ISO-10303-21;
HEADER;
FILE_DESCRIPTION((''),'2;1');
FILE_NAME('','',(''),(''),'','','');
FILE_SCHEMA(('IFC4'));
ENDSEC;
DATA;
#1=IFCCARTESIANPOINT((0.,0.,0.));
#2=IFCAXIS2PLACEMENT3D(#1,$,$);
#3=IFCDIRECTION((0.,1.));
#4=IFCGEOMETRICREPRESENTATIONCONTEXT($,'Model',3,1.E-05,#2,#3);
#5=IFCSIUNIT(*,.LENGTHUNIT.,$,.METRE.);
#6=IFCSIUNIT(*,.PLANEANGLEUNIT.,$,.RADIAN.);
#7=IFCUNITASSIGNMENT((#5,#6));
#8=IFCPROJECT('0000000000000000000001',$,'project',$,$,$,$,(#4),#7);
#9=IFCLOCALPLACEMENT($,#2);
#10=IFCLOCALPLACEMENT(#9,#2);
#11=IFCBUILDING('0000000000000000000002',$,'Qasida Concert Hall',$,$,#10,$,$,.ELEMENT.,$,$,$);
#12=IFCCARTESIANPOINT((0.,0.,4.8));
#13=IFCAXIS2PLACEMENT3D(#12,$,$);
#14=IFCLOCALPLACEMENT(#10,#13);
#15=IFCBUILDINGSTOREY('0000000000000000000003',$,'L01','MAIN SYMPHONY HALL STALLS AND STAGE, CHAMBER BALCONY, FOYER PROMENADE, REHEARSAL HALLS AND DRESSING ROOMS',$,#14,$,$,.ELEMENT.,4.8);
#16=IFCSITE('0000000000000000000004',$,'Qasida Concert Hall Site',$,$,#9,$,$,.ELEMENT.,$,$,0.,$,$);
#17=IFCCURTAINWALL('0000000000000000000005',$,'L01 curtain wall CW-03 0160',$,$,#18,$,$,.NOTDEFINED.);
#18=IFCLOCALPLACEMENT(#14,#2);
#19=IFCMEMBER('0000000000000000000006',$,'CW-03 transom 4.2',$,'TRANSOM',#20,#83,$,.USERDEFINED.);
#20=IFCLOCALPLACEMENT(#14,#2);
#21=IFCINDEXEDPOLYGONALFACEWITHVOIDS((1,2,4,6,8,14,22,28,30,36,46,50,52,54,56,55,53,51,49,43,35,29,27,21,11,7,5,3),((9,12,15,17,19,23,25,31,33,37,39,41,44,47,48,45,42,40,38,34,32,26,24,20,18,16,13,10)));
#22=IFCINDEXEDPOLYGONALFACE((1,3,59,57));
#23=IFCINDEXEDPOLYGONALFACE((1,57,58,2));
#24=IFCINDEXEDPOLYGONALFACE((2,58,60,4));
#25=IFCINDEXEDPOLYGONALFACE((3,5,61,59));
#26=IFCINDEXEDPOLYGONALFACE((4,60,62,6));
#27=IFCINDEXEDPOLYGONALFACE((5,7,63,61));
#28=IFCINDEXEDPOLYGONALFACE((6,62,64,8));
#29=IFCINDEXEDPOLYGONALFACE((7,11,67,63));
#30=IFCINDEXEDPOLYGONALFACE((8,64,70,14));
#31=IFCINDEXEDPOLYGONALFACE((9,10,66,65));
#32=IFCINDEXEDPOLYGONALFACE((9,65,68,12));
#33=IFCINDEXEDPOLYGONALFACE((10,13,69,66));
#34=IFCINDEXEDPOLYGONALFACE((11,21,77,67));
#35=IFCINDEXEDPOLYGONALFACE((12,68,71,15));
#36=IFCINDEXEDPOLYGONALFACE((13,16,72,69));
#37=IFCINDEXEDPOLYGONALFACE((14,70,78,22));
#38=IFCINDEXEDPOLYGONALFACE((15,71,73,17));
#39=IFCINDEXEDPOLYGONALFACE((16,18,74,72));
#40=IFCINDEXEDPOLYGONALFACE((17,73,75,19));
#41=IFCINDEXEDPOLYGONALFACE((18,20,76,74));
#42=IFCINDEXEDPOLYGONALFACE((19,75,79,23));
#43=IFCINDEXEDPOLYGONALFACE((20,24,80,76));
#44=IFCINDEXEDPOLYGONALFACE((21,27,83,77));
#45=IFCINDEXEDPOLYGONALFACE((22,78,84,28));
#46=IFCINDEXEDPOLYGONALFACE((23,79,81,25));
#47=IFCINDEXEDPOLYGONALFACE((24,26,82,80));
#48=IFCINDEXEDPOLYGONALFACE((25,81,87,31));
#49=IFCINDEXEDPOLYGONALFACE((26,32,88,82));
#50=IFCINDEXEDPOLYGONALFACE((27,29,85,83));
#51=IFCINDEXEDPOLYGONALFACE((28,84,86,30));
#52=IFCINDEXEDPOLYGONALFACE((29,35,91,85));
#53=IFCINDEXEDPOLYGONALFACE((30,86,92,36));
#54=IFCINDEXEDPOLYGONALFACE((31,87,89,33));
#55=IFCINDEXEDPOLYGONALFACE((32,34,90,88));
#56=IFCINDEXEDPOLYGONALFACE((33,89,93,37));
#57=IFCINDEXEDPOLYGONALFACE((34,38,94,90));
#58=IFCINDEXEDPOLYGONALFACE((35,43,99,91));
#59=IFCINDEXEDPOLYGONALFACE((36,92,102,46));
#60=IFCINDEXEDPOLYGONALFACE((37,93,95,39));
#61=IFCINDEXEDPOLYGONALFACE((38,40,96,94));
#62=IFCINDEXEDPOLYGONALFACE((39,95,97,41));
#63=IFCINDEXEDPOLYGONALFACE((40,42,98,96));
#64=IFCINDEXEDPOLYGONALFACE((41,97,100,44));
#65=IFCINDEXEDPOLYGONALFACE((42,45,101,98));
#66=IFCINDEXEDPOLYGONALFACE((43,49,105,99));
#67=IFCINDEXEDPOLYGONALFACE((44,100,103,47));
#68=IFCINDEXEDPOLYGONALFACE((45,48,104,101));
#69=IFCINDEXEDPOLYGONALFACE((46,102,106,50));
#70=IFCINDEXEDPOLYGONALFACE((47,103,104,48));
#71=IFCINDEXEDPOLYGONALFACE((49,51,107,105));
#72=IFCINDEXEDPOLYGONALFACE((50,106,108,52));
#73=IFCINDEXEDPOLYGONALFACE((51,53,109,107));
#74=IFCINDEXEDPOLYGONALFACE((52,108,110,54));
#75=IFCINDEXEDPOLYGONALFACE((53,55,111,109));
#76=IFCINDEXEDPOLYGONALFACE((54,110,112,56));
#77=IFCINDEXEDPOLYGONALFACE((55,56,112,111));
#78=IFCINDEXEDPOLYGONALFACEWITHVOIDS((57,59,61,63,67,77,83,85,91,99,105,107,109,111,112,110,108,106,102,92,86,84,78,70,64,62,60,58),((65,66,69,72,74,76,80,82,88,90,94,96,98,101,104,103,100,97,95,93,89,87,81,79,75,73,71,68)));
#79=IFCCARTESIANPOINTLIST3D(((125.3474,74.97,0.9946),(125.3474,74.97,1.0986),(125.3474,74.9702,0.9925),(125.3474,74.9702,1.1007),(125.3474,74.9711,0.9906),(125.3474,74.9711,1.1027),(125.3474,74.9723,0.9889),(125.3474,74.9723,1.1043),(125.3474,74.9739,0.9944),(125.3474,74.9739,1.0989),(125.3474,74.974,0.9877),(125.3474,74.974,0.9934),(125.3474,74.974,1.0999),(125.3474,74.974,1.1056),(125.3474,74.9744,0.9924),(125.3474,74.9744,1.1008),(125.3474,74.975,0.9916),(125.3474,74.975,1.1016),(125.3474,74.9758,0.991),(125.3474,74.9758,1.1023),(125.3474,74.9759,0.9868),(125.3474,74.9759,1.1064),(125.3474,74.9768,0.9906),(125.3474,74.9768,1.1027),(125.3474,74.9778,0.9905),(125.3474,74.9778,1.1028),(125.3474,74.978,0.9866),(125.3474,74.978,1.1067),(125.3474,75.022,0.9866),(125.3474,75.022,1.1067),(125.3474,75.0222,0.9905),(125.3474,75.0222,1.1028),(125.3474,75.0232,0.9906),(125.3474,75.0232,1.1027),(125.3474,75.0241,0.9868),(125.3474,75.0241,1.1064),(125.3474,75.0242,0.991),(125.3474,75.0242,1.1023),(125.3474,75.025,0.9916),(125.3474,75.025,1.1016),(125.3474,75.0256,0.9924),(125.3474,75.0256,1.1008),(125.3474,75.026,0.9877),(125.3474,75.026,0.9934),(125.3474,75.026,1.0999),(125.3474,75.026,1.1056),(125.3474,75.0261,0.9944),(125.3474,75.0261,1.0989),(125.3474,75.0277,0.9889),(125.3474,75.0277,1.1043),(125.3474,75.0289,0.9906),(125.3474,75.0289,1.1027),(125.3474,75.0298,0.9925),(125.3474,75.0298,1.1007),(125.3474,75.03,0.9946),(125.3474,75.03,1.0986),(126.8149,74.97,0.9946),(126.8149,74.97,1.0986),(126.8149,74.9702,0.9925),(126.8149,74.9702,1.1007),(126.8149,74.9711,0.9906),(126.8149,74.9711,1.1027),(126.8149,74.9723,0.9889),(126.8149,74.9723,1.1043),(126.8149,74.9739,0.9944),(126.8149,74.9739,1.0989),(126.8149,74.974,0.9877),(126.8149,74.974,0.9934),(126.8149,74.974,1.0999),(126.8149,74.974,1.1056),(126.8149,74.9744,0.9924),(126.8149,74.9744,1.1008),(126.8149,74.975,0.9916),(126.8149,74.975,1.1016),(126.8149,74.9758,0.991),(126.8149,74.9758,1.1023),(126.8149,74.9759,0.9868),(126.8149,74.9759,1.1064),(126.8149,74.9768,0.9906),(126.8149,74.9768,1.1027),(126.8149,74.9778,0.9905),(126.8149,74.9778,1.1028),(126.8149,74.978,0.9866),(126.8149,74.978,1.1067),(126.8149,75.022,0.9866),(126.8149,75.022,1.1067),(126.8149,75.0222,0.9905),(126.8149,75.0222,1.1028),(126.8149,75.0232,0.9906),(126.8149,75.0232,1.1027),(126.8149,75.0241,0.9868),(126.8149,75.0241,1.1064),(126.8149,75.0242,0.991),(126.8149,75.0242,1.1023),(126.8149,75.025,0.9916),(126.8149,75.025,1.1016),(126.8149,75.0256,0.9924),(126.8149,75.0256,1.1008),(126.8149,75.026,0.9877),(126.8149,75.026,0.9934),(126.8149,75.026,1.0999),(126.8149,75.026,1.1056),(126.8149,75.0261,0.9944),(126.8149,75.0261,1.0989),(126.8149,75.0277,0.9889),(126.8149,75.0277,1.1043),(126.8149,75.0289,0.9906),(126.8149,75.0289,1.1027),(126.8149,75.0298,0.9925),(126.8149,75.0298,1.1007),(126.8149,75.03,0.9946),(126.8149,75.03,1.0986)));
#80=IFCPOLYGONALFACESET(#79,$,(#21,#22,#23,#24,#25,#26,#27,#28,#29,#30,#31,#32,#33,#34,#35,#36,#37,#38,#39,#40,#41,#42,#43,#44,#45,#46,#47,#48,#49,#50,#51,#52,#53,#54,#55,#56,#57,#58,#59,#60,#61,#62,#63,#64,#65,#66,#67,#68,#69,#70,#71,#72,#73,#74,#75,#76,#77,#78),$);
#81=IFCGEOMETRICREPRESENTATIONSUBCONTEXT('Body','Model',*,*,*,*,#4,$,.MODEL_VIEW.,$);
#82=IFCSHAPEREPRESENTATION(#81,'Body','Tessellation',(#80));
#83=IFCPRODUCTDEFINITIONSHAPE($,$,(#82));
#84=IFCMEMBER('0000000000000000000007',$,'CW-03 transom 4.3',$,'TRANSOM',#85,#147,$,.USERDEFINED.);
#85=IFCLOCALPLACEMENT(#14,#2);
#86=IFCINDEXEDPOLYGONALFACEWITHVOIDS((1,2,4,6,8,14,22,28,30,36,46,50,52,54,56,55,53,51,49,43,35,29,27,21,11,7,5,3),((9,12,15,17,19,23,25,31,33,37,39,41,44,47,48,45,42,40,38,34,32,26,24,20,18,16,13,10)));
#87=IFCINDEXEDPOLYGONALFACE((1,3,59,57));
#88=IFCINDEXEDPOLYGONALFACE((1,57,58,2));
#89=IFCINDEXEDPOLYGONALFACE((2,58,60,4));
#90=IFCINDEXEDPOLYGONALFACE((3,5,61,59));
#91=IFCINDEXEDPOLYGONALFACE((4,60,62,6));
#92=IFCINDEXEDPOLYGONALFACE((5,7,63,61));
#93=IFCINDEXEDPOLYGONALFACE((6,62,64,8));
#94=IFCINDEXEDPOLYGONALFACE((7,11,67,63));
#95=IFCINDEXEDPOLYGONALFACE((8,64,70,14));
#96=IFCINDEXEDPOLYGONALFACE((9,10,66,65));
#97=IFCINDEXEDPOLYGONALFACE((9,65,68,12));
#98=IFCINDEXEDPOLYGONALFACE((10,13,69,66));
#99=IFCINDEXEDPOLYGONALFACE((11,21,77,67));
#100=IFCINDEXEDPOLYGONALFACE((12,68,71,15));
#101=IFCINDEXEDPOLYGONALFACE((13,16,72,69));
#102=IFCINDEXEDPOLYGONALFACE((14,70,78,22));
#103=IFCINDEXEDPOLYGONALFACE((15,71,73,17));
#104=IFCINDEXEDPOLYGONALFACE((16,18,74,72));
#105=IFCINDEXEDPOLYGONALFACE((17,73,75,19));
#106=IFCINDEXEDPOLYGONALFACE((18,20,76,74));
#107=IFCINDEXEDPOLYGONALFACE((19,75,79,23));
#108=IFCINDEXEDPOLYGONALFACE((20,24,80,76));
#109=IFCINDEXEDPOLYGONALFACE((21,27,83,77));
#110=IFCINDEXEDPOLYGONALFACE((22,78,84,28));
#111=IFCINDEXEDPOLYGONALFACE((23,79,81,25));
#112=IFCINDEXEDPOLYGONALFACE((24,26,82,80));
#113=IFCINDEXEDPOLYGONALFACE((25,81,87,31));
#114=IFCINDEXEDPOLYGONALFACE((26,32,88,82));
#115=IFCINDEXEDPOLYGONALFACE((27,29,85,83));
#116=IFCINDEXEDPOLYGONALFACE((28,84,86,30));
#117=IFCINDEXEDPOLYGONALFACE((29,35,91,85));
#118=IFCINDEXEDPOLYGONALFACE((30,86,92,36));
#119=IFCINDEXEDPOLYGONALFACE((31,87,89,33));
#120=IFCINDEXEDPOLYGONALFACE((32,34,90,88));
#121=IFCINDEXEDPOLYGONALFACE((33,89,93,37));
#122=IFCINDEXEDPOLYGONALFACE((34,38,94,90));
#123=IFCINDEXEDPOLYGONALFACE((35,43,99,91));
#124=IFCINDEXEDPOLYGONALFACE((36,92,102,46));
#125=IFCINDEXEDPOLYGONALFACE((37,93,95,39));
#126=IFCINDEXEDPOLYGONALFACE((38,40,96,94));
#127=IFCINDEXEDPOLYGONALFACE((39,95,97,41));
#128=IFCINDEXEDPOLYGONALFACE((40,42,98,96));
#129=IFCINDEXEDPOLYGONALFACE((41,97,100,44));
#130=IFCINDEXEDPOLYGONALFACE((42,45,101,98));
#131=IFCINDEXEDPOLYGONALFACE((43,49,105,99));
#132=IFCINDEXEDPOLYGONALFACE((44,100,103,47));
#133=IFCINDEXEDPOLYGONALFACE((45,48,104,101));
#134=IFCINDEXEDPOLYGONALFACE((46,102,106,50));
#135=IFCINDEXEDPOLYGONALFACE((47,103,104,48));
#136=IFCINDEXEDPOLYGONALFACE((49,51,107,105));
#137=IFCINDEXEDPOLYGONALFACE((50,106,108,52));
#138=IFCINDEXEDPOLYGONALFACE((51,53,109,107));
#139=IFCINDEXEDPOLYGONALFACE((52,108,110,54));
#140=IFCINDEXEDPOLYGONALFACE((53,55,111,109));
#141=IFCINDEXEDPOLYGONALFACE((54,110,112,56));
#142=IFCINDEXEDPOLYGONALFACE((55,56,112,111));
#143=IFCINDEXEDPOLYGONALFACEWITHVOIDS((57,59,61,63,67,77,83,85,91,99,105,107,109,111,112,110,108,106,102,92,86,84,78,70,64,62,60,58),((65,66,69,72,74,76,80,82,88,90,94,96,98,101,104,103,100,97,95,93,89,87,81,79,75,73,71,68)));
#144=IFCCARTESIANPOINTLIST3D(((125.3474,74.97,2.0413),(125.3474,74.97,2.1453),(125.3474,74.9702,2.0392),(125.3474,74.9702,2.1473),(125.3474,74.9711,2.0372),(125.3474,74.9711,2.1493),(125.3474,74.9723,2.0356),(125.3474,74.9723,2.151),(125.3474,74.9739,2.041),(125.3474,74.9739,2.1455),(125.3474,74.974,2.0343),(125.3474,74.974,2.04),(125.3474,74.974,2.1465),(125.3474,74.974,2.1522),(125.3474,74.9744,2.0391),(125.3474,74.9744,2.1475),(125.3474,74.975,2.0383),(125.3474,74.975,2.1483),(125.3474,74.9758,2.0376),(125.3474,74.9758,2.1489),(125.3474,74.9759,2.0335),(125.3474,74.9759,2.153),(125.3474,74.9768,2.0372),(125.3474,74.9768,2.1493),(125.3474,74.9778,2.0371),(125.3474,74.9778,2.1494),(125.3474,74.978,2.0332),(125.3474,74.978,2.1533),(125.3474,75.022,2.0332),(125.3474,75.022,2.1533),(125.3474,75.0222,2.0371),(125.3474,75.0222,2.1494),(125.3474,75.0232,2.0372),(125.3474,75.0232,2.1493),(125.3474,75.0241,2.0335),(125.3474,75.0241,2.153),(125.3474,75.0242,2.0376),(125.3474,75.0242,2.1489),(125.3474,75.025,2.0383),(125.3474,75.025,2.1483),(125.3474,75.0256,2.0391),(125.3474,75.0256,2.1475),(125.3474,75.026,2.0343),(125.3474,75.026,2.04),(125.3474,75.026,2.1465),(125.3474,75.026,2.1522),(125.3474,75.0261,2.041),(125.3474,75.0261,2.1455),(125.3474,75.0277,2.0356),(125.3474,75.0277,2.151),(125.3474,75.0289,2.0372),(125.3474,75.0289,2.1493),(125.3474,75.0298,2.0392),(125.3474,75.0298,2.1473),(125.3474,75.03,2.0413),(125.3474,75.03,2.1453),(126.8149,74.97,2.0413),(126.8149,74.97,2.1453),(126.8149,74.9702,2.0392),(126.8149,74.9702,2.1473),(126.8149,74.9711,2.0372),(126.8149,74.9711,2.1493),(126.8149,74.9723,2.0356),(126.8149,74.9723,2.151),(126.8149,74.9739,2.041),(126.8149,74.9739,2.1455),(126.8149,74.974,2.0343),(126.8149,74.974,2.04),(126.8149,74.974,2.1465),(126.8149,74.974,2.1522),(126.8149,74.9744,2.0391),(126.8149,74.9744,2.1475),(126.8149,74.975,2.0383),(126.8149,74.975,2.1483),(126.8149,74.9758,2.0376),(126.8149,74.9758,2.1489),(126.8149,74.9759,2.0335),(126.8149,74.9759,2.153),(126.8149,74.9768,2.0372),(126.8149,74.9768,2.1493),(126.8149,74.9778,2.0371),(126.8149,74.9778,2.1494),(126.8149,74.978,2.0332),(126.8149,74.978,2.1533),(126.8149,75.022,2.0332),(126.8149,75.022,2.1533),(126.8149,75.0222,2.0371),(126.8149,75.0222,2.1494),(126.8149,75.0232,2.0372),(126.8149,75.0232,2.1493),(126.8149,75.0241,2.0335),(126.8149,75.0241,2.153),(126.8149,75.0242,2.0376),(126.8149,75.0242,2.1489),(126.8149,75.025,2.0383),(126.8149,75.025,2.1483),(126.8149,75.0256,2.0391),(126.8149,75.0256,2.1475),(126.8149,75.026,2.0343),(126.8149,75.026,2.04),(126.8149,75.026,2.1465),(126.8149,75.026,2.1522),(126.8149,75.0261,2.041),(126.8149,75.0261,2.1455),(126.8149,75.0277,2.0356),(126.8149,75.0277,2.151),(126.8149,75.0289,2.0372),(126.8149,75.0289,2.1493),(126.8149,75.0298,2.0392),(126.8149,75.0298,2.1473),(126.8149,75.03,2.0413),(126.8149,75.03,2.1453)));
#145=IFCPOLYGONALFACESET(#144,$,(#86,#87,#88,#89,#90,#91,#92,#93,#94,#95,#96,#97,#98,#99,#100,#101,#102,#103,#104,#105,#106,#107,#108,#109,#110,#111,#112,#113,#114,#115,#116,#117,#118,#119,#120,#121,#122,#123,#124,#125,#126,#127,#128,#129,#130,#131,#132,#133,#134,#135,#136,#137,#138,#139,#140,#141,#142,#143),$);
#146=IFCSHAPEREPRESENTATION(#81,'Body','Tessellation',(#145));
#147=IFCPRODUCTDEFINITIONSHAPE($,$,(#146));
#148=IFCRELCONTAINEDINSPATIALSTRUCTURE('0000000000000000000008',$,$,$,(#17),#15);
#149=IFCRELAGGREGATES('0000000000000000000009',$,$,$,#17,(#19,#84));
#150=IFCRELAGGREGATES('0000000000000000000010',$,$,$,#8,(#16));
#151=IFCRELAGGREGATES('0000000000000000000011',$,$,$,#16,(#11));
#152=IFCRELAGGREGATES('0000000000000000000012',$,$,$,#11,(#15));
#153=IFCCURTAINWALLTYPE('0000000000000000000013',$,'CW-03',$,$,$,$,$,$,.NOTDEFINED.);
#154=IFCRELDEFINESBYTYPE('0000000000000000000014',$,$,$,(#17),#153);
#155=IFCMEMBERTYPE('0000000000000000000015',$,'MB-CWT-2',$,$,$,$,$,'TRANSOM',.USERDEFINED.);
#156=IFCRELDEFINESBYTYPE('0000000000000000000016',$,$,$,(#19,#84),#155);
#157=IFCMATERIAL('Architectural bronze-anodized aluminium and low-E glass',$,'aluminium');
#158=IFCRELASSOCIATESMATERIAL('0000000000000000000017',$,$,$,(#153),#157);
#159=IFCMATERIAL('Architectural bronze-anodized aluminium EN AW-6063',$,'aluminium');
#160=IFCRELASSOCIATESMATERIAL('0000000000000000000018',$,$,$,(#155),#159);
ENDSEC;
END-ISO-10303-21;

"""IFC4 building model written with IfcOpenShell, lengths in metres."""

from ifc_helpers import new_model, si_unit, direction, frame, origin, origin_2d, place, context, subcontext, project, spatial, hollow_rectangle, extrude, material, material_profile, profile_set, type_object, element, aggregate, save


model = new_model("IFC4")

# Units and contexts
model_context = context("Model", 3, precision=1e-05, world=origin(), true_north=direction((0.0, 1.0)))
body_context = subcontext(model_context, "Body", "Model", "MODEL_VIEW")
ifc_project = project(units=[si_unit("LENGTHUNIT", "METRE"), si_unit("PLANEANGLEUNIT", "RADIAN")], contexts=[model_context])

# Site, building, storey
site_placement = place(None, origin())
site = spatial("IfcSite", under=ifc_project, at=site_placement, Name="Qasida Concert Hall Site", CompositionType="ELEMENT", RefElevation=0.0)
building_placement = place(site_placement, origin())
building = spatial("IfcBuilding", under=site, at=building_placement, Name="Qasida Concert Hall", CompositionType="ELEMENT")
storey_placement = place(building_placement, frame((0.0, 0.0, 4.8)))
storey = spatial("IfcBuildingStorey", under=building, at=storey_placement, Name="L01", Description="MAIN SYMPHONY HALL STALLS AND STAGE, CHAMBER BALCONY, FOYER PROMENADE, REHEARSAL HALLS AND DRESSING ROOMS", CompositionType="ELEMENT", Elevation=4.8)

# Curtain wall, members
ifc_material_1 = material(Name="Architectural bronze-anodized aluminium and low-E glass", Category="aluminium")
curtain_wall_type = type_object("IfcCurtainWallType", Name="CW-03", PredefinedType="NOTDEFINED", material=ifc_material_1)
curtain_wall_placement = place(storey_placement, origin())
curtain_wall = element("IfcCurtainWall", 1, at=curtain_wall_placement, inside=storey, type_object=curtain_wall_type, Name="L01 curtain wall CW-03 0160", PredefinedType="NOTDEFINED")
ifc_material_2 = material(Name="Architectural bronze-anodized aluminium EN AW-6063", Category="aluminium")
ifc_material_profile_1 = material_profile(ifc_material_2, hollow_rectangle(XDim=0.0601, YDim=0.1201, WallThickness=0.0039, InnerFilletRadius=0.0039, OuterFilletRadius=0.0081, at=origin_2d()), Name="CWT 120x60x4")
ifc_profile_set_1 = profile_set([ifc_material_profile_1], Name="Architectural bronze-anodized aluminium EN AW-6063")
member_type_1 = type_object("IfcMemberType", Name="MB-CWT-2", ElementType="TRANSOM", PredefinedType="USERDEFINED", material=ifc_profile_set_1)
member_1_placement = place(storey_placement, frame((125.3474, 75.0, 1.0466), z_axis=(1.0, 0.0, 0.0), x_axis=(0.0, 1.0, 0.0)))
member_1 = element("IfcMember", 2, at=member_1_placement, type_object=member_type_1, Name="CW-03 transom 4.2", ObjectType="TRANSOM", PredefinedType="USERDEFINED", context=body_context, shape_type="SweptSolid", body=[
    extrude(hollow_rectangle(XDim=0.0601, YDim=0.1201, WallThickness=0.0039, InnerFilletRadius=0.0039, OuterFilletRadius=0.0081, at=origin_2d()), origin(), (0.0, 0.0, 1.0), 1.4675),
])
member_2_placement = place(storey_placement, frame((125.3474, 75.0, 2.0933), z_axis=(1.0, 0.0, 0.0), x_axis=(0.0, 1.0, 0.0)))
member_2 = element("IfcMember", 3, at=member_2_placement, type_object=member_type_1, Name="CW-03 transom 4.3", ObjectType="TRANSOM", PredefinedType="USERDEFINED", context=body_context, shape_type="SweptSolid", body=[
    extrude(hollow_rectangle(XDim=0.0601, YDim=0.1201, WallThickness=0.0039, InnerFilletRadius=0.0039, OuterFilletRadius=0.0081, at=origin_2d()), origin(), (0.0, 0.0, 1.0), 1.4675),
])
aggregate(curtain_wall, [member_1, member_2])

save(model, "model.ifc")
